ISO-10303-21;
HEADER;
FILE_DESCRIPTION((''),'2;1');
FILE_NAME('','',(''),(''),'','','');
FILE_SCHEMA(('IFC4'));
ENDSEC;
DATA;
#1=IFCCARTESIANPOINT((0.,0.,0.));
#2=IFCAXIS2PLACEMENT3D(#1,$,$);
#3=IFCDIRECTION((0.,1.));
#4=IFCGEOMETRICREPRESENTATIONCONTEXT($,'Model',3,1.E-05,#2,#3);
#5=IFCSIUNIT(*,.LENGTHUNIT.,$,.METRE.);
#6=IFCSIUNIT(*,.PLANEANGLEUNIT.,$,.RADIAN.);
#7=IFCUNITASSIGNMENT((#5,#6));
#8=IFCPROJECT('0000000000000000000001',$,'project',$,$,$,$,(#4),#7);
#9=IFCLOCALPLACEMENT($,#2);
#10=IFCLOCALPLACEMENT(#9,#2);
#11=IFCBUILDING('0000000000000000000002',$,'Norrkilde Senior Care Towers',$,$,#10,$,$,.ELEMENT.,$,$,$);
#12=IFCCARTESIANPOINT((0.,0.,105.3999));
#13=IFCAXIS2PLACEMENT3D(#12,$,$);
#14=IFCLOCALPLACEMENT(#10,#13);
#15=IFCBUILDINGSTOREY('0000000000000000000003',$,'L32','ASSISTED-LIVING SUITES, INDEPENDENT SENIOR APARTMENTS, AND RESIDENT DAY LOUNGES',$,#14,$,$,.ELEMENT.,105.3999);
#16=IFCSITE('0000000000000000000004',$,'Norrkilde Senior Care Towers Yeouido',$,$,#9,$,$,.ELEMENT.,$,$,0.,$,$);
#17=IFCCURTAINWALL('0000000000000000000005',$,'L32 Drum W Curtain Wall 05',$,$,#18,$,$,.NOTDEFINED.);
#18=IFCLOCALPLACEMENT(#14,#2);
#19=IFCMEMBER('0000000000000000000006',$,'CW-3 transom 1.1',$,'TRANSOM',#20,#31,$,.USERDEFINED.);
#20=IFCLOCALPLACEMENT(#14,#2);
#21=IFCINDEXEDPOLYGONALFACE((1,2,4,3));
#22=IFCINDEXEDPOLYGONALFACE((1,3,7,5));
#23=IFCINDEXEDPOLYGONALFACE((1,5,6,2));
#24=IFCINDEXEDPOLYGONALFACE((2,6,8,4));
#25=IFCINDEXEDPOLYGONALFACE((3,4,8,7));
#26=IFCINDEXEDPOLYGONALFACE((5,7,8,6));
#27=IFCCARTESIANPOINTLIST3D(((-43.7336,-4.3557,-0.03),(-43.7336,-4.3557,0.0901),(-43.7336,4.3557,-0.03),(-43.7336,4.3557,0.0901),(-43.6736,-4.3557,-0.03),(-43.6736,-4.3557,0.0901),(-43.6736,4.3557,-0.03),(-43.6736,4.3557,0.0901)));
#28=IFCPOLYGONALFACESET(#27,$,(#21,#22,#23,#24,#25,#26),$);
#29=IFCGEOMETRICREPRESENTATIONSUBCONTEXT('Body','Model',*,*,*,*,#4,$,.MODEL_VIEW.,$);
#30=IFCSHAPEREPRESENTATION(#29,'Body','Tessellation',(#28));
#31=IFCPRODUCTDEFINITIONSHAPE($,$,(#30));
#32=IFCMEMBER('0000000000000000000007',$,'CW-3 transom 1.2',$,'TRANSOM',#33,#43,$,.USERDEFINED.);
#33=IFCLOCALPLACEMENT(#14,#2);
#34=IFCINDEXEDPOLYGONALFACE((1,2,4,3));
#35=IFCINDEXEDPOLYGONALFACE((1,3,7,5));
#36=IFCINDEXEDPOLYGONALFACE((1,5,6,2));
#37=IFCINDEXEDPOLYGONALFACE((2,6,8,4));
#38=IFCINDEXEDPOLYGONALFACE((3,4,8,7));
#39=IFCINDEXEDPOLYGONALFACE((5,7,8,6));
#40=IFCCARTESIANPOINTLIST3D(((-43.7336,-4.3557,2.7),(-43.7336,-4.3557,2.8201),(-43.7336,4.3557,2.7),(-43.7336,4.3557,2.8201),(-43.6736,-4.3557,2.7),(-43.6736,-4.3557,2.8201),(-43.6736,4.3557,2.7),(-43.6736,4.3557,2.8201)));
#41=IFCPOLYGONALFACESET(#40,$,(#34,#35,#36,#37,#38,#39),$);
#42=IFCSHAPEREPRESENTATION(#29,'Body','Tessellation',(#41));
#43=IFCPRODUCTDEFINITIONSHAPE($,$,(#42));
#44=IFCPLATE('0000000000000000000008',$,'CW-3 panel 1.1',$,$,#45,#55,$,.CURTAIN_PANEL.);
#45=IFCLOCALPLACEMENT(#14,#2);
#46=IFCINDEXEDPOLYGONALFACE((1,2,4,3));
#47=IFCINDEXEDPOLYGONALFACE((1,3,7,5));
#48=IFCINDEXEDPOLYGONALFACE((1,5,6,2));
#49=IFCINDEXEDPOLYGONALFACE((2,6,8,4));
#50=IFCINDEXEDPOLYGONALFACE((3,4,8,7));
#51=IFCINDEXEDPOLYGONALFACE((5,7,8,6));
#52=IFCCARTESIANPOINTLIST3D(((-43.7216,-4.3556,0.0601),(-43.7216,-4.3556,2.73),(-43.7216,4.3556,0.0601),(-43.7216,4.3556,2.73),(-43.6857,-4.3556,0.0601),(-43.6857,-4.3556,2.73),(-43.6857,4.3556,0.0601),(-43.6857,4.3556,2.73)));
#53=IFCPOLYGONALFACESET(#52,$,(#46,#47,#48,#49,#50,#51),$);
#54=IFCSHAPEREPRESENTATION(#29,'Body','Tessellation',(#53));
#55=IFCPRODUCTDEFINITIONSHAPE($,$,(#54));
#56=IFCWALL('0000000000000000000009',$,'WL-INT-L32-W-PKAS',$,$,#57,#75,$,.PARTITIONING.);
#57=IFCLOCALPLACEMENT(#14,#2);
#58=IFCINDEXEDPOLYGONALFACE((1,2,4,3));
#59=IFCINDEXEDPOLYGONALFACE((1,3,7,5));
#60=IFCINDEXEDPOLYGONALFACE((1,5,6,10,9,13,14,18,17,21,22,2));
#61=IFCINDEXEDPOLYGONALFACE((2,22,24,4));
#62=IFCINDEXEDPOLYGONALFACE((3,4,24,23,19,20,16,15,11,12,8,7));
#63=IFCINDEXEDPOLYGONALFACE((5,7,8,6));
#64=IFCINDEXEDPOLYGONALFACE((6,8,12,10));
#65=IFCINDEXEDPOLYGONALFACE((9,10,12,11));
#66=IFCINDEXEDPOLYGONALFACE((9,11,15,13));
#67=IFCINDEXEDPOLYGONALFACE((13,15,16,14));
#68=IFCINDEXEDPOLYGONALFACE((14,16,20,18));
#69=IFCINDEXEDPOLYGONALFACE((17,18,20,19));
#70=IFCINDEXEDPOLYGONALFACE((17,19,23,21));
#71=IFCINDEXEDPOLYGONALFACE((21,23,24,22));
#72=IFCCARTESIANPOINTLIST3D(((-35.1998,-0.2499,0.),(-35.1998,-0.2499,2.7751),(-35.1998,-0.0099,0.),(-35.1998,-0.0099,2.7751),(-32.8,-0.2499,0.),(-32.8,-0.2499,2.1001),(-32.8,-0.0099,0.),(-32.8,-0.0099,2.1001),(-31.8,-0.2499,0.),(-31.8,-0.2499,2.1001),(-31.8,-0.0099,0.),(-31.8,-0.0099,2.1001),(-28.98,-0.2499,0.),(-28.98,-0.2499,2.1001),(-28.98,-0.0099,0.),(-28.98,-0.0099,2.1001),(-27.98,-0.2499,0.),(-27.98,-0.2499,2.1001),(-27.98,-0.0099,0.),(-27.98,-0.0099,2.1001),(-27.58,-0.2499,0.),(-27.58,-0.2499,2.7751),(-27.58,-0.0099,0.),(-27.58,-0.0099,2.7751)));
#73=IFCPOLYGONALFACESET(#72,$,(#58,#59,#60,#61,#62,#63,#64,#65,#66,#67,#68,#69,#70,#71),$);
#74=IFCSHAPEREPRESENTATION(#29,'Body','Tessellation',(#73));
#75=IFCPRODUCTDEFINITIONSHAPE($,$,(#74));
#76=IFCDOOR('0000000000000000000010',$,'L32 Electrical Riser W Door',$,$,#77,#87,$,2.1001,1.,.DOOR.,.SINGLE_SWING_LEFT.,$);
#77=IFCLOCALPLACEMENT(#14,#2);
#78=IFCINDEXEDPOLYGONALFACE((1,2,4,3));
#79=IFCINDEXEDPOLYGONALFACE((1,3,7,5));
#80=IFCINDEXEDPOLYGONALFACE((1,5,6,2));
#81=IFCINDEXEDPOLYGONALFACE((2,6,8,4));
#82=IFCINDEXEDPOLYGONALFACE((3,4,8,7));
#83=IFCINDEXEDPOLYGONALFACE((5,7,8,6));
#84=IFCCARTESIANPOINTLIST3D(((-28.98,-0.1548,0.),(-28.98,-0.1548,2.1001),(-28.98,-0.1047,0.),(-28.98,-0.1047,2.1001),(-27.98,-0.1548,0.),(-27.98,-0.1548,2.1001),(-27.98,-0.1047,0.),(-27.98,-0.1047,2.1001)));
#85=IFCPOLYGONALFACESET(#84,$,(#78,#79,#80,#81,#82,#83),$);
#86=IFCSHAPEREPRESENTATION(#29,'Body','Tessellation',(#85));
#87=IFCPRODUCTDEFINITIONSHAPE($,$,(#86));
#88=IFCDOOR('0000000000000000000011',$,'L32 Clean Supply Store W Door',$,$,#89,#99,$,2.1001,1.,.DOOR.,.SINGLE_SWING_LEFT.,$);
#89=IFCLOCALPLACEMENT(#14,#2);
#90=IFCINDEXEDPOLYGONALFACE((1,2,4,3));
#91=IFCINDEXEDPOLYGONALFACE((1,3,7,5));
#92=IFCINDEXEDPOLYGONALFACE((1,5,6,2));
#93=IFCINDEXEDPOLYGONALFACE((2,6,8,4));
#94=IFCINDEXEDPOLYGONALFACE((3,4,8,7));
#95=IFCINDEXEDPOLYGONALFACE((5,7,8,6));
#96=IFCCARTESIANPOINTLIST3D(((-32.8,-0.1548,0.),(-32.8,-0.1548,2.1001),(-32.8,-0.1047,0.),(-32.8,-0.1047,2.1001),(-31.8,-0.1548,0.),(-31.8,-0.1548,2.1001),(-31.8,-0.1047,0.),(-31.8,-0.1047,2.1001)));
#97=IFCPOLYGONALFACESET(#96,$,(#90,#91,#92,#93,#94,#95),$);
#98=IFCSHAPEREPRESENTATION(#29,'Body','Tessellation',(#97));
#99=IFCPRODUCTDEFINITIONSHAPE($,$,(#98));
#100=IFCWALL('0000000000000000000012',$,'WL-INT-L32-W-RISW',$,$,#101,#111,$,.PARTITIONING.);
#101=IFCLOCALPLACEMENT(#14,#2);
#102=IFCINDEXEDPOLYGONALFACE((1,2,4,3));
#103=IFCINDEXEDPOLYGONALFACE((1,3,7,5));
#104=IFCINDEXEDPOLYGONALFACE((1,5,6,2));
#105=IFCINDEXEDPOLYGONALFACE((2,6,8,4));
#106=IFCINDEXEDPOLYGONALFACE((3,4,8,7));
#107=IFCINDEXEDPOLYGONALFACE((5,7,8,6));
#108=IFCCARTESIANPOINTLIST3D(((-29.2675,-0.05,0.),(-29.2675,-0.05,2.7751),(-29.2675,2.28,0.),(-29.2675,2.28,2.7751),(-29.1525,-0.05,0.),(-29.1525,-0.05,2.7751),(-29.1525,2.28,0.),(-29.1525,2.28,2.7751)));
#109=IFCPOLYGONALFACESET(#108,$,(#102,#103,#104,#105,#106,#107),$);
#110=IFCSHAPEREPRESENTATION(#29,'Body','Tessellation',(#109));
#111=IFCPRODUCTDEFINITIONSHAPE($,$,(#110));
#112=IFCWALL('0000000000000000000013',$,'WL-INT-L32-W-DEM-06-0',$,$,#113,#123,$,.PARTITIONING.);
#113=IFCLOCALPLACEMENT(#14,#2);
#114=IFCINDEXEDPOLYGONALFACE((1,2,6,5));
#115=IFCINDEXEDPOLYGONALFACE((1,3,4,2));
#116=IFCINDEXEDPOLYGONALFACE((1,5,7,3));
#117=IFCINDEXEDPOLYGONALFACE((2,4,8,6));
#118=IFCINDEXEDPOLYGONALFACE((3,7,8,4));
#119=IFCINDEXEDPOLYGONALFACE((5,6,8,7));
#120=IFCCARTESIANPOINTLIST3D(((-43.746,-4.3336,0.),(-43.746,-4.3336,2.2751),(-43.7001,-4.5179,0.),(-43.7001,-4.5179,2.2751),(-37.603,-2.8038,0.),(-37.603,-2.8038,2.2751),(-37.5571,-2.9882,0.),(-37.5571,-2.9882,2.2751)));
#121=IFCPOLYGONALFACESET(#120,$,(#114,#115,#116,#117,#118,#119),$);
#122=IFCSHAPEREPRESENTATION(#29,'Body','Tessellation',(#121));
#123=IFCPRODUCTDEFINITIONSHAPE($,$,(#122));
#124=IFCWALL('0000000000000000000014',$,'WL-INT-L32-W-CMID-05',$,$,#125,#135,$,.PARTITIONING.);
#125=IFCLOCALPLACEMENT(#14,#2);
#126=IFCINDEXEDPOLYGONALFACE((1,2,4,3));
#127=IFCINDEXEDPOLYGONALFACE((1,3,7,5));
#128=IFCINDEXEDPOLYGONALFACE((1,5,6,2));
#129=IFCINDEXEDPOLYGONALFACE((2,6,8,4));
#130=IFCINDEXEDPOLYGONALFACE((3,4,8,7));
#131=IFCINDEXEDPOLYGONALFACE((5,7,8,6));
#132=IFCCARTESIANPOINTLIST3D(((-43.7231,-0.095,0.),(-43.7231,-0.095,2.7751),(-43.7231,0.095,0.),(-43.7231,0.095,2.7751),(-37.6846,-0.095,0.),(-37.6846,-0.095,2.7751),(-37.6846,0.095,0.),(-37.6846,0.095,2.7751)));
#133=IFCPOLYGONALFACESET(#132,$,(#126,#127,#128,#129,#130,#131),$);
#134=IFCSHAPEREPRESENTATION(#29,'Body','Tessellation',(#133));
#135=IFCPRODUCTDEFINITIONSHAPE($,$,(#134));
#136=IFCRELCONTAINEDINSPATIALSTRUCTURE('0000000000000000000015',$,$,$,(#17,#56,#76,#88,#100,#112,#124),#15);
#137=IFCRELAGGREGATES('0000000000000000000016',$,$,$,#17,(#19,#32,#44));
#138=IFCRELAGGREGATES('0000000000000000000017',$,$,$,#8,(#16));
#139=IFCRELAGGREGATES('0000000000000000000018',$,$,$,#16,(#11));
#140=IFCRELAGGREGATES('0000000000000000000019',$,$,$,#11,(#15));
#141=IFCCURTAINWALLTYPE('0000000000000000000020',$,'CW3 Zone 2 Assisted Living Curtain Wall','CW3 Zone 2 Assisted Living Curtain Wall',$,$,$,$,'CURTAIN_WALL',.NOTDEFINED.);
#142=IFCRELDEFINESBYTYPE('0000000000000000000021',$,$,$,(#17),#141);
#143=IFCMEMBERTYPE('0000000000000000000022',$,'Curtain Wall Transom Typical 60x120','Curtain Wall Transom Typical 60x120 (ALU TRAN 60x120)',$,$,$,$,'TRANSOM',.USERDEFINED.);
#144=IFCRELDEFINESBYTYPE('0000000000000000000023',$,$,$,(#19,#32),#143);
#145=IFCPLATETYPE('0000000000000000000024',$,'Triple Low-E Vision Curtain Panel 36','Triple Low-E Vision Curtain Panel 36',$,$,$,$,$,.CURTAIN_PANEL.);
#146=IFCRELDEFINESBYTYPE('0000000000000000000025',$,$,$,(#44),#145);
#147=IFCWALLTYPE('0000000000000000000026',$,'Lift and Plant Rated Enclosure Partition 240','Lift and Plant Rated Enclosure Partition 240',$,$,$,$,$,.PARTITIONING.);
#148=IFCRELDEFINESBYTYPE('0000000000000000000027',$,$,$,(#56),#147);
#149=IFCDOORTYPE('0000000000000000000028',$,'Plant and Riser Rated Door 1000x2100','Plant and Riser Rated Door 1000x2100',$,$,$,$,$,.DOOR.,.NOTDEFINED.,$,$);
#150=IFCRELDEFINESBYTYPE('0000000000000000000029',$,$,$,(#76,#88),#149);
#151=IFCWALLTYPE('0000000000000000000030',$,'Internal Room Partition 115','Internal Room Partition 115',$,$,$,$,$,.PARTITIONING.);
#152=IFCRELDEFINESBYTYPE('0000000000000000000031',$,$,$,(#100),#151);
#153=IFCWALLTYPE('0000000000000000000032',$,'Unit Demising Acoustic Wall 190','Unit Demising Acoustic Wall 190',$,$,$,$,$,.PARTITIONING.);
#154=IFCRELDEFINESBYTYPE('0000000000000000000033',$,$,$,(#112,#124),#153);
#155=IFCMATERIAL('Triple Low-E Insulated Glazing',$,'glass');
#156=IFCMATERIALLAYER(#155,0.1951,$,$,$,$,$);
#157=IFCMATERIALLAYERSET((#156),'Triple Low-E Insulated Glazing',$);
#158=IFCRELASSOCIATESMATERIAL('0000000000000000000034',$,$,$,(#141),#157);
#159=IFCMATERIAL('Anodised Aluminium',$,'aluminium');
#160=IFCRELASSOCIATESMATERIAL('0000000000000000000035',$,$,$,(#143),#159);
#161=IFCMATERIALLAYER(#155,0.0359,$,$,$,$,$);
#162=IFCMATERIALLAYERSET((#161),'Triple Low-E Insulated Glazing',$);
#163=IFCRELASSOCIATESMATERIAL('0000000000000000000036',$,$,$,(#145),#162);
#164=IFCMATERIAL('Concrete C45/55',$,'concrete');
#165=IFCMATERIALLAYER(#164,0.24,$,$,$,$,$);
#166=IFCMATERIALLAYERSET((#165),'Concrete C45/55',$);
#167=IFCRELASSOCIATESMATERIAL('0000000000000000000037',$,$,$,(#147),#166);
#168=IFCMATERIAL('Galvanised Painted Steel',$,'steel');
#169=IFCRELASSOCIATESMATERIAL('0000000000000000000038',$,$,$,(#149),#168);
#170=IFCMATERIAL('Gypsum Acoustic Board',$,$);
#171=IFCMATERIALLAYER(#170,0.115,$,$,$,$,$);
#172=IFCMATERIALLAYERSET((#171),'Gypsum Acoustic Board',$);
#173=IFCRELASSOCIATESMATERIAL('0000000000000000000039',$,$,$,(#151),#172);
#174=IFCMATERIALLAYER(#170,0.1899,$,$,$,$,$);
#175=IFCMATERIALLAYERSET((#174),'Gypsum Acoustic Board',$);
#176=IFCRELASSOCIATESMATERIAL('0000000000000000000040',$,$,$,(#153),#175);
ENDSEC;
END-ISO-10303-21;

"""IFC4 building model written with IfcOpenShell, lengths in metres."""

from ifc_helpers import new_model, si_unit, direction, frame, frame_2d, origin, origin_2d, place, context, subcontext, project, spatial, rectangle, extrude, source, transform, mapped, material, layer, layer_set, material_profile, profile_set, type_object, type_shapes, element, fill, aggregate, save


model = new_model("IFC4")

# Units and contexts
model_context = context("Model", 3, precision=1e-05, world=origin(), true_north=direction((0.0, 1.0)))
body_context = subcontext(model_context, "Body", "Model", "MODEL_VIEW")
ifc_project = project(units=[si_unit("LENGTHUNIT", "METRE"), si_unit("PLANEANGLEUNIT", "RADIAN")], contexts=[model_context])

# Site, building, storey
site_placement = place(None, origin())
site = spatial("IfcSite", under=ifc_project, at=site_placement, Name="Norrkilde Senior Care Towers Yeouido", CompositionType="ELEMENT", RefElevation=0.0)
building_placement = place(site_placement, origin())
building = spatial("IfcBuilding", under=site, at=building_placement, Name="Norrkilde Senior Care Towers", CompositionType="ELEMENT")
storey_placement = place(building_placement, frame((0.0, 0.0, 105.3999)))
storey = spatial("IfcBuildingStorey", under=building, at=storey_placement, Name="L32", Description="ASSISTED-LIVING SUITES, INDEPENDENT SENIOR APARTMENTS, AND RESIDENT DAY LOUNGES", CompositionType="ELEMENT", Elevation=105.3999)

# Curtain wall
ifc_material_1 = material(Name="Triple Low-E Insulated Glazing", Category="glass")
ifc_layer_1 = layer(ifc_material_1, 0.1951)
ifc_layer_set_1 = layer_set([ifc_layer_1], Name="Triple Low-E Insulated Glazing")
curtain_wall_type = type_object("IfcCurtainWallType", Name="CW3 Zone 2 Assisted Living Curtain Wall", Description="CW3 Zone 2 Assisted Living Curtain Wall", ElementType="CURTAIN_WALL", PredefinedType="NOTDEFINED", material=ifc_layer_set_1)
curtain_wall_1_placement = place(storey_placement, origin())
curtain_wall_1 = element("IfcCurtainWall", 1, at=curtain_wall_1_placement, inside=storey, type_object=curtain_wall_type, Name="L32 Drum W Curtain Wall 05", PredefinedType="NOTDEFINED")
ifc_material_2 = material(Name="Anodised Aluminium", Category="aluminium")

# Members
ifc_material_profile_1 = material_profile(ifc_material_2, rectangle(XDim=0.0601, YDim=0.1201, at=origin_2d()), Name="ALU TRAN 60x120")
ifc_profile_set_1 = profile_set([ifc_material_profile_1], Name="Anodised Aluminium")
member_type_1 = type_object("IfcMemberType", Name="Curtain Wall Transom Typical 60x120", Description="Curtain Wall Transom Typical 60x120 (ALU TRAN 60x120)", ElementType="TRANSOM", PredefinedType="USERDEFINED", material=ifc_profile_set_1)
shared_shape_1 = source(origin(), body_context, "Body", "SweptSolid", [
    extrude(rectangle(XDim=0.0601, YDim=0.1201, at=origin_2d()), origin(), (0.0, 0.0, 1.0), 8.7114),
])
type_shapes(member_type_1, [shared_shape_1])
member_1_placement = place(storey_placement, frame((-43.7036, -4.3557, 0.03), z_axis=(0.0, 1.0, 0.0), x_axis=(-1.0, 0.0, 0.0)))
member_1 = element("IfcMember", 2, at=member_1_placement, type_object=member_type_1, Name="CW-3 transom 1.1", ObjectType="TRANSOM", PredefinedType="USERDEFINED", context=body_context, shape_type="MappedRepresentation", body=[
    mapped(shared_shape_1, transform((0.0, 0.0, 0.0), x_axis=(1.0, 0.0, 0.0), y_axis=(0.0, 1.0, 0.0), z_axis=(0.0, 0.0, 1.0), scale=1.0)),
])
member_2_placement = place(storey_placement, frame((-43.7036, -4.3557, 2.76), z_axis=(0.0, 1.0, 0.0), x_axis=(-1.0, 0.0, 0.0)))
member_2 = element("IfcMember", 3, at=member_2_placement, type_object=member_type_1, Name="CW-3 transom 1.2", ObjectType="TRANSOM", PredefinedType="USERDEFINED", context=body_context, shape_type="MappedRepresentation", body=[
    mapped(shared_shape_1, transform((0.0, 0.0, 0.0), x_axis=(1.0, 0.0, 0.0), y_axis=(0.0, 1.0, 0.0), z_axis=(0.0, 0.0, 1.0), scale=1.0)),
])

# Plate
ifc_layer_2 = layer(ifc_material_1, 0.0359)
ifc_layer_set_2 = layer_set([ifc_layer_2], Name="Triple Low-E Insulated Glazing")
plate_type = type_object("IfcPlateType", Name="Triple Low-E Vision Curtain Panel 36", Description="Triple Low-E Vision Curtain Panel 36", PredefinedType="CURTAIN_PANEL", material=ifc_layer_set_2)
shared_shape_2 = source(origin(), body_context, "Body", "SweptSolid", [
    extrude(rectangle(XDim=8.7112, YDim=0.0359, at=origin_2d()), origin(), (0.0, 0.0, 1.0), 2.6699),
])
type_shapes(plate_type, [shared_shape_2])
plate_placement = place(storey_placement, frame((-43.7036, 0.0, 0.0601), z_axis=(0.0, 0.0, 1.0), x_axis=(0.0, 1.0, 0.0)))
plate = element("IfcPlate", 4, at=plate_placement, type_object=plate_type, Name="CW-3 panel 1.1", PredefinedType="CURTAIN_PANEL", context=body_context, shape_type="MappedRepresentation", body=[
    mapped(shared_shape_2, transform((0.0, 0.0, 0.0), x_axis=(1.0, 0.0, 0.0), y_axis=(0.0, 1.0, 0.0), z_axis=(0.0, 0.0, 1.0), scale=1.0)),
])
aggregate(curtain_wall_1, [member_1, member_2, plate])

# Shared definitions
ifc_material_3 = material(Name="Galvanised Painted Steel", Category="steel")

# Wall, openings, doors
ifc_material_4 = material(Name="Concrete C45/55", Category="concrete")
ifc_layer_3 = layer(ifc_material_4, 0.24)
ifc_layer_set_3 = layer_set([ifc_layer_3], Name="Concrete C45/55")
wall_type_1 = type_object("IfcWallType", Name="Lift and Plant Rated Enclosure Partition 240", Description="Lift and Plant Rated Enclosure Partition 240", PredefinedType="PARTITIONING", material=ifc_layer_set_3)
shared_shape_3 = source(origin(), body_context, "Body", "SweptSolid", [
    extrude(rectangle(XDim=7.6199, YDim=0.24, at=frame_2d((3.8101, 0.0))), origin(), (0.0, 0.0, 1.0), 2.7751),
])
type_shapes(wall_type_1, [shared_shape_3])
wall_1_placement = place(storey_placement, frame((-35.2, -0.1299, 0.0), z_axis=(0.0, 0.0, 1.0), x_axis=(1.0, 0.0, 0.0)))
wall_1 = element("IfcWall", 5, at=wall_1_placement, inside=storey, type_object=wall_type_1, Name="WL-INT-L32-W-PKAS", PredefinedType="PARTITIONING", context=body_context, shape_type="MappedRepresentation", body=[
    mapped(shared_shape_3, transform((0.0, 0.0, 0.0), x_axis=(1.0, 0.0, 0.0), y_axis=(0.0, 1.0, 0.0), z_axis=(0.0, 0.0, 1.0), scale=1.0)),
])
opening_1_placement = place(wall_1_placement, frame((6.22, 0.0, 0.0)))
opening_1 = element("IfcOpeningElement", 6, at=opening_1_placement, cuts=wall_1, PredefinedType="OPENING", context=body_context, shape_type="SweptSolid", body=[
    extrude(rectangle(XDim=1.0, YDim=2.1001, at=frame_2d((0.5, 1.05))), frame((0.0, 0.1299, 0.0), z_axis=(0.0, -1.0, 0.0), x_axis=(1.0, 0.0, 0.0)), (0.0, 0.0, 1.0), 0.26),
])
opening_2_placement = place(wall_1_placement, frame((2.3999, 0.0, 0.0)))
opening_2 = element("IfcOpeningElement", 7, at=opening_2_placement, cuts=wall_1, PredefinedType="OPENING", context=body_context, shape_type="SweptSolid", body=[
    extrude(rectangle(XDim=1.0, YDim=2.1001, at=frame_2d((0.5, 1.05))), frame((0.0, 0.1299, 0.0), z_axis=(0.0, -1.0, 0.0), x_axis=(1.0, 0.0, 0.0)), (0.0, 0.0, 1.0), 0.26),
])
door_type_1 = type_object("IfcDoorType", Name="Plant and Riser Rated Door 1000x2100", Description="Plant and Riser Rated Door 1000x2100", OperationType="NOTDEFINED", PredefinedType="DOOR", material=ifc_material_3)
shared_shape_4 = source(origin(), body_context, "Body", "SweptSolid", [
    extrude(rectangle(XDim=1.0, YDim=2.1001, at=frame_2d((0.5, 1.05))), frame((0.0, 0.0249, 0.0), z_axis=(0.0, -1.0, 0.0), x_axis=(1.0, 0.0, 0.0)), (0.0, 0.0, 1.0), 0.05),
])
type_shapes(door_type_1, [shared_shape_4])
door_1_placement = place(opening_1_placement, frame((1.0, 0.0, 0.0), z_axis=(0.0, 0.0, 1.0), x_axis=(-1.0, 0.0, 0.0)))
door_1 = element("IfcDoor", 8, at=door_1_placement, inside=storey, type_object=door_type_1, Name="L32 Electrical Riser W Door", OperationType="SINGLE_SWING_LEFT", OverallHeight=2.1001, OverallWidth=1.0, PredefinedType="DOOR", context=body_context, shape_type="MappedRepresentation", body=[
    mapped(shared_shape_4, transform((0.0, 0.0, 0.0), x_axis=(1.0, 0.0, 0.0), y_axis=(0.0, 1.0, 0.0), z_axis=(0.0, 0.0, 1.0), scale=1.0)),
])
fill(opening_1, door_1)
door_2_placement = place(opening_2_placement, frame((1.0, 0.0, 0.0), z_axis=(0.0, 0.0, 1.0), x_axis=(-1.0, 0.0, 0.0)))
door_2 = element("IfcDoor", 9, at=door_2_placement, inside=storey, type_object=door_type_1, Name="L32 Clean Supply Store W Door", OperationType="SINGLE_SWING_LEFT", OverallHeight=2.1001, OverallWidth=1.0, PredefinedType="DOOR", context=body_context, shape_type="MappedRepresentation", body=[
    mapped(shared_shape_4, transform((0.0, 0.0, 0.0), x_axis=(1.0, 0.0, 0.0), y_axis=(0.0, 1.0, 0.0), z_axis=(0.0, 0.0, 1.0), scale=1.0)),
])
fill(opening_2, door_2)

# Wall
ifc_material_5 = material(Name="Gypsum Acoustic Board")
ifc_layer_4 = layer(ifc_material_5, 0.115)
ifc_layer_set_4 = layer_set([ifc_layer_4], Name="Gypsum Acoustic Board")
wall_type_2 = type_object("IfcWallType", Name="Internal Room Partition 115", Description="Internal Room Partition 115", PredefinedType="PARTITIONING", material=ifc_layer_set_4)
shared_shape_5 = source(origin(), body_context, "Body", "SweptSolid", [
    extrude(rectangle(XDim=2.3301, YDim=0.115, at=frame_2d((1.165, 0.0))), origin(), (0.0, 0.0, 1.0), 2.7751),
])
type_shapes(wall_type_2, [shared_shape_5])
wall_2_placement = place(storey_placement, frame((-29.21, -0.05, 0.0), z_axis=(0.0, 0.0, 1.0), x_axis=(0.0, 1.0, 0.0)))
element("IfcWall", 10, at=wall_2_placement, inside=storey, type_object=wall_type_2, Name="WL-INT-L32-W-RISW", PredefinedType="PARTITIONING", context=body_context, shape_type="MappedRepresentation", body=[
    mapped(shared_shape_5, transform((0.0, 0.0, 0.0), x_axis=(1.0, 0.0, 0.0), y_axis=(0.0, 1.0, 0.0), z_axis=(0.0, 0.0, 1.0), scale=1.0)),
])

# Walls
ifc_layer_5 = layer(ifc_material_5, 0.1899)
ifc_layer_set_5 = layer_set([ifc_layer_5], Name="Gypsum Acoustic Board")
wall_type_3 = type_object("IfcWallType", Name="Unit Demising Acoustic Wall 190", Description="Unit Demising Acoustic Wall 190", PredefinedType="PARTITIONING", material=ifc_layer_set_5)
shared_shape_6 = source(origin(), body_context, "Body", "SweptSolid", [
    extrude(rectangle(XDim=6.3306, YDim=0.1899, at=frame_2d((3.1653, 0.0))), origin(), (0.0, 0.0, 1.0), 2.2751),
])
wall_3_placement = place(storey_placement, frame((-37.5801, -2.896, 0.0), z_axis=(0.0, 0.0, 1.0), x_axis=(-0.970364, -0.241646, 0.0)))
element("IfcWall", 11, at=wall_3_placement, inside=storey, type_object=wall_type_3, Name="WL-INT-L32-W-DEM-06-0", PredefinedType="PARTITIONING", context=body_context, shape_type="MappedRepresentation", body=[
    mapped(shared_shape_6, transform((0.0, 0.0, 0.0), x_axis=(1.0, 0.0, 0.0), y_axis=(0.0, 1.0, 0.0), z_axis=(0.0, 0.0, 1.0), scale=1.0)),
])
shared_shape_7 = source(origin(), body_context, "Body", "SweptSolid", [
    extrude(rectangle(XDim=6.0386, YDim=0.1899, at=frame_2d((3.0193, 0.0))), origin(), (0.0, 0.0, 1.0), 2.7751),
])
type_shapes(wall_type_3, [shared_shape_6, shared_shape_7])
wall_4_placement = place(storey_placement, frame((-37.6846, 0.0, 0.0), z_axis=(0.0, 0.0, 1.0), x_axis=(-1.0, 0.0, 0.0)))
element("IfcWall", 12, at=wall_4_placement, inside=storey, type_object=wall_type_3, Name="WL-INT-L32-W-CMID-05", PredefinedType="PARTITIONING", context=body_context, shape_type="MappedRepresentation", body=[
    mapped(shared_shape_7, transform((0.0, 0.0, 0.0), x_axis=(1.0, 0.0, 0.0), y_axis=(0.0, 1.0, 0.0), z_axis=(0.0, 0.0, 1.0), scale=1.0)),
])

save(model, "model.ifc")
